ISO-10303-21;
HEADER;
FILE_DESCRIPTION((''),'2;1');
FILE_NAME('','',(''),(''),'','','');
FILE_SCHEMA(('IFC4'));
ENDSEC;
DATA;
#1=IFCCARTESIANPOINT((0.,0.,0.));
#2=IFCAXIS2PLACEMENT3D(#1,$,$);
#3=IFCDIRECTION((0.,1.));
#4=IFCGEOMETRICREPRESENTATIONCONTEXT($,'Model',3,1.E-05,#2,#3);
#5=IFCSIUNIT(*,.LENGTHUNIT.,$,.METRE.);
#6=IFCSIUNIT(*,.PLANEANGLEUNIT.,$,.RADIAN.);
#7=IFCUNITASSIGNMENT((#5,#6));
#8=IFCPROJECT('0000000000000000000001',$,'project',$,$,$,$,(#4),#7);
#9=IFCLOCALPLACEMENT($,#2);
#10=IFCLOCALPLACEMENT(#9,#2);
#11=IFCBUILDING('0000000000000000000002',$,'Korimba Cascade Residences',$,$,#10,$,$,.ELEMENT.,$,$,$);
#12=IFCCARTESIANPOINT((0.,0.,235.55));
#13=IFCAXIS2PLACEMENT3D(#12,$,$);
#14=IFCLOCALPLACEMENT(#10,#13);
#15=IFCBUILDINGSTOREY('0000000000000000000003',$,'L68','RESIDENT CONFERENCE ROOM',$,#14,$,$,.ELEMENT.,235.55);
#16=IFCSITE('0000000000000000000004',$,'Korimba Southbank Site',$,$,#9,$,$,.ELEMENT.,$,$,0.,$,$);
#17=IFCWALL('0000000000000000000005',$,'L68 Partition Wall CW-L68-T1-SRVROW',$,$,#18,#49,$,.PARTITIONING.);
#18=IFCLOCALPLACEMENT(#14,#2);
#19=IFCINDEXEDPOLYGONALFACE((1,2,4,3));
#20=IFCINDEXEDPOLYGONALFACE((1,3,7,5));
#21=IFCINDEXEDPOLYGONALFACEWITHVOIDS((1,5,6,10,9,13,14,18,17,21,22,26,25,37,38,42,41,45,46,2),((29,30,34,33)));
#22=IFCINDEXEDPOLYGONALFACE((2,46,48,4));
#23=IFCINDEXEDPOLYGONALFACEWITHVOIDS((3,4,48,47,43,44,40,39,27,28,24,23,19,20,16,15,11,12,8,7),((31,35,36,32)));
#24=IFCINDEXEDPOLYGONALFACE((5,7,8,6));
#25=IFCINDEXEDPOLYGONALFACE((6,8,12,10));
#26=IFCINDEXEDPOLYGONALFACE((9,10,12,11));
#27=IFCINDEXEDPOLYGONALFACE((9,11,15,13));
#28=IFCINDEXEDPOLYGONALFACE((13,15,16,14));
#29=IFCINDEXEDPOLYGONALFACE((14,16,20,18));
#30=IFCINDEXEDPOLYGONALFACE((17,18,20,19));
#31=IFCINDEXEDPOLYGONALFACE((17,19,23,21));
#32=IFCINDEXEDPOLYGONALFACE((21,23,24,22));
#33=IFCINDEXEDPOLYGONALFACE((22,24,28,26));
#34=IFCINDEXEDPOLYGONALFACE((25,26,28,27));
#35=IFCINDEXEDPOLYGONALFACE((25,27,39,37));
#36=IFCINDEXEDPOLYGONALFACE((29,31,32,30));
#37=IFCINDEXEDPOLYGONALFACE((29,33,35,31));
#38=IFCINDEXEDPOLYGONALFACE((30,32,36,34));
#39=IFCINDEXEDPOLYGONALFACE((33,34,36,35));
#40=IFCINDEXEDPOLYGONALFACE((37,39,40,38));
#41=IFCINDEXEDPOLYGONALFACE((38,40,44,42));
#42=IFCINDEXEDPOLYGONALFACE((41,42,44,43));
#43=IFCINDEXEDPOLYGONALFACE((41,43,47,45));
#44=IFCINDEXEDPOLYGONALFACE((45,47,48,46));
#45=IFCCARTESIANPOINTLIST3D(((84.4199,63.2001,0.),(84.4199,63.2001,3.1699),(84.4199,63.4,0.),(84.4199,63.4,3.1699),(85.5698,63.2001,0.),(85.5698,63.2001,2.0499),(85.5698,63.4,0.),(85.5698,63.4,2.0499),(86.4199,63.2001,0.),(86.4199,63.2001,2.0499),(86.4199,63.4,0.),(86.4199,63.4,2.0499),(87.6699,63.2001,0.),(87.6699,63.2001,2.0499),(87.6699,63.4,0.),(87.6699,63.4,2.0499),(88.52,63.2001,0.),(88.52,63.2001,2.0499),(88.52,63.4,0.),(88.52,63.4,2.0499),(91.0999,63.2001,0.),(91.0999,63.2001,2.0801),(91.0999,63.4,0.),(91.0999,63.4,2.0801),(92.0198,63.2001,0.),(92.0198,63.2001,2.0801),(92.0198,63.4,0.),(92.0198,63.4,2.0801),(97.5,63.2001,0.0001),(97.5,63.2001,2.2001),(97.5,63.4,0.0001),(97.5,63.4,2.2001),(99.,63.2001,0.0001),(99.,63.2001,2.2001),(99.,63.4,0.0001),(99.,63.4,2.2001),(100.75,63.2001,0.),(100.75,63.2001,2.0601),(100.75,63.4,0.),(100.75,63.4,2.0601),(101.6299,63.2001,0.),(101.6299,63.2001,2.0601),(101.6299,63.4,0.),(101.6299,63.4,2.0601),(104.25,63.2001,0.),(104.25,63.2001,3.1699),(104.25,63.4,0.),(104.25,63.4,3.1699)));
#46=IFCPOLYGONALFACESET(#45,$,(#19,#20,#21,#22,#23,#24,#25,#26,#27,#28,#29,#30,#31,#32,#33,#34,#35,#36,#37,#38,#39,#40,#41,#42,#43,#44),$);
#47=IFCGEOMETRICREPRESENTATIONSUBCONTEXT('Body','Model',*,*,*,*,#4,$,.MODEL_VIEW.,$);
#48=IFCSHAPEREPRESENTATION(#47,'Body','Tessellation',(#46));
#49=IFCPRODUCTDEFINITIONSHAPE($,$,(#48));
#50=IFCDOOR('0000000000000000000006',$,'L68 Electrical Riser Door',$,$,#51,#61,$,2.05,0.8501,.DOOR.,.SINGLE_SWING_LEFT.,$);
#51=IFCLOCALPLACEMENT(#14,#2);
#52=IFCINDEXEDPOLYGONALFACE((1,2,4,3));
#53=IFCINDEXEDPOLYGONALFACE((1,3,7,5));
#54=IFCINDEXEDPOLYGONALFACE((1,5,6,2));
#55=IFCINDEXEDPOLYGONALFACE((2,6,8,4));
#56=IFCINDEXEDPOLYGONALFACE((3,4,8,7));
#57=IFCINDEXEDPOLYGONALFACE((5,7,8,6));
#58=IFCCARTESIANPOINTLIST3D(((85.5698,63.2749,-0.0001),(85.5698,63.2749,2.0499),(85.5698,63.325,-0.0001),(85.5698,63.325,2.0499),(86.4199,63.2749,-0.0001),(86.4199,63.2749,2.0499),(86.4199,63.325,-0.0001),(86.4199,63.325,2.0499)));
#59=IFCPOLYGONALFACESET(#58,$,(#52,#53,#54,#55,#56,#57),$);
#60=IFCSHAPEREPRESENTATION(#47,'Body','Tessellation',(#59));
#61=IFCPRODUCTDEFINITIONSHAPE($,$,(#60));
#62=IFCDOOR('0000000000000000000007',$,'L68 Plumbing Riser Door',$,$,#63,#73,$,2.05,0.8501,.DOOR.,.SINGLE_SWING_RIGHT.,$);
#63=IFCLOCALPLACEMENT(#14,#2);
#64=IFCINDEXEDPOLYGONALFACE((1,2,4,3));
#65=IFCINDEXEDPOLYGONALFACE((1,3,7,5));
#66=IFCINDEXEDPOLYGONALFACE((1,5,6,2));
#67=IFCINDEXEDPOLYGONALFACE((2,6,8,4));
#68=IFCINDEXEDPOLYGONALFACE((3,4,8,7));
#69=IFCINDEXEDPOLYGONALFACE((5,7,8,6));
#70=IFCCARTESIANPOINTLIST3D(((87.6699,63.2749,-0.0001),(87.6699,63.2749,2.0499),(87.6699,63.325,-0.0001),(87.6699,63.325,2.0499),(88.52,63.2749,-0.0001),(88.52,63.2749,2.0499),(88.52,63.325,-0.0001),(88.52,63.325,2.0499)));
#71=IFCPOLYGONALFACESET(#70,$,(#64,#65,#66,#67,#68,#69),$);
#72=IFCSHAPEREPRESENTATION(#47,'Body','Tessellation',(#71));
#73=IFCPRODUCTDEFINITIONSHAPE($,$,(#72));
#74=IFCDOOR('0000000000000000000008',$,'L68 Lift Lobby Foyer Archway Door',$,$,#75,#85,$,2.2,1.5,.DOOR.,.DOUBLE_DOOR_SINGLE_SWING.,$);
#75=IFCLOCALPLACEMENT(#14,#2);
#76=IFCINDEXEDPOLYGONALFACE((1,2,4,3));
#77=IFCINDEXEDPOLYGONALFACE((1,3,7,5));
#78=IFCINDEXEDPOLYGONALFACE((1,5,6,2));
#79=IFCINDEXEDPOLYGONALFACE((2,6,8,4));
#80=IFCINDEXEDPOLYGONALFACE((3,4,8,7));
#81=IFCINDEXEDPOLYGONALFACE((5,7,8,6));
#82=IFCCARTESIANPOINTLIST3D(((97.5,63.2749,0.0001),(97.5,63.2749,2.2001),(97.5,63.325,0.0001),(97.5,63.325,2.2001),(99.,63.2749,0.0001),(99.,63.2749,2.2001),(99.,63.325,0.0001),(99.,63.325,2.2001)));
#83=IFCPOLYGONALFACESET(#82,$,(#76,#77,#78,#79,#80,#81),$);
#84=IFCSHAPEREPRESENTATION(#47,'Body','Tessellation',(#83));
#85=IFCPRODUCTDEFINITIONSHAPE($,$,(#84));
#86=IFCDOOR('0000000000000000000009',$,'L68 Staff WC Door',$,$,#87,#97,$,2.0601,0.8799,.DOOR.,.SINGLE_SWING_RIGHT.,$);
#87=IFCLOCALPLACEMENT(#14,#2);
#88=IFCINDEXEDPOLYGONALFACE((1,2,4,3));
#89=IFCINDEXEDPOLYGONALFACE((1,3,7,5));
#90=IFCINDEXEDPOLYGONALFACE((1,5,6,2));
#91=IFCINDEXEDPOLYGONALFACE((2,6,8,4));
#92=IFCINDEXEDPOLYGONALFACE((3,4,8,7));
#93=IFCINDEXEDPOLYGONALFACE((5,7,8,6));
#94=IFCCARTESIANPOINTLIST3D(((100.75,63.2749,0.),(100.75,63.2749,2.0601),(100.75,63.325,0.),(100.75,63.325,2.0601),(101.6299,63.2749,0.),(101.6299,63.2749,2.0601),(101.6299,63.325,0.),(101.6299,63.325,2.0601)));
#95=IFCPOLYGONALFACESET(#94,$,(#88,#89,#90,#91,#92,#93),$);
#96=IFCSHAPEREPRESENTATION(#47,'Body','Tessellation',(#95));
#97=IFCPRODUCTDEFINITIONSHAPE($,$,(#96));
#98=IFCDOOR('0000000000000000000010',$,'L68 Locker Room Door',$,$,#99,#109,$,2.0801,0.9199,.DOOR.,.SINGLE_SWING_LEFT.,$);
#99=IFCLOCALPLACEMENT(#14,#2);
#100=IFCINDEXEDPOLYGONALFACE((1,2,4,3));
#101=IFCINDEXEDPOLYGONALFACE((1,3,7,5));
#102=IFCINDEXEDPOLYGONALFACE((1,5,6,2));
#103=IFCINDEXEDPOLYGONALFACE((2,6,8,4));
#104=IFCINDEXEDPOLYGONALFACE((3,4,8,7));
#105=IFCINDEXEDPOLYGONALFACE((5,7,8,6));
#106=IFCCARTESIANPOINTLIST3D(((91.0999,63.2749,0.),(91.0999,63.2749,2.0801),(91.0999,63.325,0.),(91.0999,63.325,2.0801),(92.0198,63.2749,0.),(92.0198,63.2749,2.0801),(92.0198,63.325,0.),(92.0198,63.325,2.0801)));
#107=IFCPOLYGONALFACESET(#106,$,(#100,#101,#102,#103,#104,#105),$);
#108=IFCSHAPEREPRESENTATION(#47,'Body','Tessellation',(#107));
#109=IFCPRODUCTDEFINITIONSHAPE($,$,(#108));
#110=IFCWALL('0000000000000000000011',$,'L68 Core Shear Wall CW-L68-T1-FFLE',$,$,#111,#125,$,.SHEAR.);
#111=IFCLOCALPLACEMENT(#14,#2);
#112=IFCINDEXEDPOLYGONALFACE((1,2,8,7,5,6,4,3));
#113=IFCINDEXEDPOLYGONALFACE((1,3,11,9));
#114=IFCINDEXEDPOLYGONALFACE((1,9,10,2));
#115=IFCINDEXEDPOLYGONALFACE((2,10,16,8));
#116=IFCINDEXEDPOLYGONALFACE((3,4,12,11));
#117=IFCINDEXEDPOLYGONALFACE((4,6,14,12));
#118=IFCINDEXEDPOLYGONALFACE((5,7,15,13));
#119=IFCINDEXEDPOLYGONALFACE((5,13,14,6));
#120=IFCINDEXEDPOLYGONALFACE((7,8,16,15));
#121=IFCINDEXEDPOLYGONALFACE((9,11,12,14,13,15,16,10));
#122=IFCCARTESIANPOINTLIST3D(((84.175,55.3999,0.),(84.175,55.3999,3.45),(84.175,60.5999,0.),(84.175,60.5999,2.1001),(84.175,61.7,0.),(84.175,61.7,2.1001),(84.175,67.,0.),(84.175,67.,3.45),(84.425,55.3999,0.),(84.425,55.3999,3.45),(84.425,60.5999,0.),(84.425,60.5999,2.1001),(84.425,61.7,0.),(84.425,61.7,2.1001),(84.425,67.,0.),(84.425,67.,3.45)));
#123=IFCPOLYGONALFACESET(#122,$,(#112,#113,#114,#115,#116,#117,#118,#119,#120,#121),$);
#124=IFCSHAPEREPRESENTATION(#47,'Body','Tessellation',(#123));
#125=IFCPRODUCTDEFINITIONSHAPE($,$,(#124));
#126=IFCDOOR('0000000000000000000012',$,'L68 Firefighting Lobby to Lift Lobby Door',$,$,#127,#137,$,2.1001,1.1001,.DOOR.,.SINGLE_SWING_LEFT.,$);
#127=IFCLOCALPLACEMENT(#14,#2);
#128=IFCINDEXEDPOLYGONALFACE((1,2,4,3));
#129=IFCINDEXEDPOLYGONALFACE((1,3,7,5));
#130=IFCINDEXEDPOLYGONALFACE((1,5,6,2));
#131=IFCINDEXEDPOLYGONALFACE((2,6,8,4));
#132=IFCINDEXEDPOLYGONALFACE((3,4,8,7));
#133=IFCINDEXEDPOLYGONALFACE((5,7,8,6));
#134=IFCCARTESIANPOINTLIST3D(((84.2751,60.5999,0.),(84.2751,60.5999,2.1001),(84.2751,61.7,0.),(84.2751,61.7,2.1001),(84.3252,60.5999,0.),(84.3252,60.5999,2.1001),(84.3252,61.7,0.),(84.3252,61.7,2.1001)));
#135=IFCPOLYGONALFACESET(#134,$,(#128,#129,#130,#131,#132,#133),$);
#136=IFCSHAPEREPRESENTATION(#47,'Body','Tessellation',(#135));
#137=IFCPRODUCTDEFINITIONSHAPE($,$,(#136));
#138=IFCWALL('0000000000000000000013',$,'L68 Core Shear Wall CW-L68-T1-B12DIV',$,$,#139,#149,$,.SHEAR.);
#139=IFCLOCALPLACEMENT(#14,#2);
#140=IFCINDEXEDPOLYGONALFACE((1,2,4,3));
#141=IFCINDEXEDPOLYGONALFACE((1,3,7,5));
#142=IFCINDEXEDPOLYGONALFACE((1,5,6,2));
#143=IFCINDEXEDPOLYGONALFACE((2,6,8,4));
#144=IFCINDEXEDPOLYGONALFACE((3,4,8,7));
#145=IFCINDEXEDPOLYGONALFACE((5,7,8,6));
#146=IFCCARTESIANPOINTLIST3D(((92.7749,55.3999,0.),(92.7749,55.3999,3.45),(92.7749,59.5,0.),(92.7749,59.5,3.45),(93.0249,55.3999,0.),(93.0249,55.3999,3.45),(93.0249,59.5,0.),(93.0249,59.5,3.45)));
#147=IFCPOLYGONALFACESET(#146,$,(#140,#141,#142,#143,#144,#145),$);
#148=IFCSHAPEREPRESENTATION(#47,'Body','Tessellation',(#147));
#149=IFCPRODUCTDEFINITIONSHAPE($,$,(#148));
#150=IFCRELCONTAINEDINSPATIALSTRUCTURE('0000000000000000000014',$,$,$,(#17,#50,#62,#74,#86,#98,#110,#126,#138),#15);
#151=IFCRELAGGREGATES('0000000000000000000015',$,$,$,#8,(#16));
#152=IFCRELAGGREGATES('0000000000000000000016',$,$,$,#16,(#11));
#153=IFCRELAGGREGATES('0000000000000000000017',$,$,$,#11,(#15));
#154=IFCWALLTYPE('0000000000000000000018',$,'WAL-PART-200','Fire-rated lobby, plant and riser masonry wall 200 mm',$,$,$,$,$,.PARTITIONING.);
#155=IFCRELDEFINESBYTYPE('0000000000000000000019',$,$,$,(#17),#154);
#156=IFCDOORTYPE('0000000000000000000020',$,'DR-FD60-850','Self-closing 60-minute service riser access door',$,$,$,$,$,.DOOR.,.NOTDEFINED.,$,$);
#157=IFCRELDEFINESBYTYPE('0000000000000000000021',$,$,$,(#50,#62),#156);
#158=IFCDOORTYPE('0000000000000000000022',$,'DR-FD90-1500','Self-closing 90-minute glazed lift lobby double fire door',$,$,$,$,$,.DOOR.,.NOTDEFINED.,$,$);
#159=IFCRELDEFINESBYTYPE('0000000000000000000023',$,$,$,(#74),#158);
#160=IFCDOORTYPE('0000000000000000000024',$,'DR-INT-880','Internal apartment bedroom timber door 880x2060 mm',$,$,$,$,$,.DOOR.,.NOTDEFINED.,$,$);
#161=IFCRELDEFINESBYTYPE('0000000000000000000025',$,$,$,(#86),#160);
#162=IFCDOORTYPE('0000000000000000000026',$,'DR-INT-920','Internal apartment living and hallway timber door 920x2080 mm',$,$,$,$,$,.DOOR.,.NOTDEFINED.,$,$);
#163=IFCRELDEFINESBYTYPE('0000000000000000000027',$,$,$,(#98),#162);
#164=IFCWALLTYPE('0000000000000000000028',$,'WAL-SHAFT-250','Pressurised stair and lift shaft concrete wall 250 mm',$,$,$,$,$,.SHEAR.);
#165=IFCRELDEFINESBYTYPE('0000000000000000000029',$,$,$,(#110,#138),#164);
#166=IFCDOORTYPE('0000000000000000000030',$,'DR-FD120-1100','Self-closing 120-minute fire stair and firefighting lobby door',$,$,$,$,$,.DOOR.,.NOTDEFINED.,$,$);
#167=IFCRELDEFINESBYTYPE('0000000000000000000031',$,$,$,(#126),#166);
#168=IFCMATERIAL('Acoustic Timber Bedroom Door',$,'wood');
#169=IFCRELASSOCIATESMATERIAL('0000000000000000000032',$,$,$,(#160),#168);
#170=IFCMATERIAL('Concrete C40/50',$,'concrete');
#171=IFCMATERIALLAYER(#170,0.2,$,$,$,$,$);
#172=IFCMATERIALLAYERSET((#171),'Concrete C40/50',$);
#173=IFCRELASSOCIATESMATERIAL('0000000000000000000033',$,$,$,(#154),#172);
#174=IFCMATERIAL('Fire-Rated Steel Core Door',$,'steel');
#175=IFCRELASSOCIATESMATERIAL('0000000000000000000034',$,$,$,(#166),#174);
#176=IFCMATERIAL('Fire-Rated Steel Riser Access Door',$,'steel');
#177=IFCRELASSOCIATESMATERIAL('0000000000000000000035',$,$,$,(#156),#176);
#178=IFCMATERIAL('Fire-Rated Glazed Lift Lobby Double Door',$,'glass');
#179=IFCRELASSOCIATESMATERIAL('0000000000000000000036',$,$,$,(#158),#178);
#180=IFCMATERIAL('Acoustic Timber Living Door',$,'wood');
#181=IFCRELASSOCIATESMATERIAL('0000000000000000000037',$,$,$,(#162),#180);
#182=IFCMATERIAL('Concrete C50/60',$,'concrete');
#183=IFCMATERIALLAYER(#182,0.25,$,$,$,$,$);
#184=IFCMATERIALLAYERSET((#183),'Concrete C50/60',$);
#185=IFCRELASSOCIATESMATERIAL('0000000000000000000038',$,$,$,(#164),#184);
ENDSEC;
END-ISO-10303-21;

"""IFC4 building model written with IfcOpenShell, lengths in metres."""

from ifc_helpers import new_model, si_unit, direction, frame, frame_2d, origin, place, context, subcontext, project, spatial, rectangle, extrude, material, layer, layer_set, type_object, element, fill, save


model = new_model("IFC4")

# Units and contexts
model_context = context("Model", 3, precision=1e-05, world=origin(), true_north=direction((0.0, 1.0)))
body_context = subcontext(model_context, "Body", "Model", "MODEL_VIEW")
ifc_project = project(units=[si_unit("LENGTHUNIT", "METRE"), si_unit("PLANEANGLEUNIT", "RADIAN")], contexts=[model_context])

# Site, building, storey
site_placement = place(None, origin())
site = spatial("IfcSite", under=ifc_project, at=site_placement, Name="Korimba Southbank Site", CompositionType="ELEMENT", RefElevation=0.0)
building_placement = place(site_placement, origin())
building = spatial("IfcBuilding", under=site, at=building_placement, Name="Korimba Cascade Residences", CompositionType="ELEMENT")
storey_placement = place(building_placement, frame((0.0, 0.0, 235.55)))
storey = spatial("IfcBuildingStorey", under=building, at=storey_placement, Name="L68", Description="RESIDENT CONFERENCE ROOM", CompositionType="ELEMENT", Elevation=235.55)

# Shared definitions
ifc_material_1 = material(Name="Concrete C50/60", Category="concrete")

# Shared definitions
ifc_material_2 = material(Name="Acoustic Timber Bedroom Door", Category="wood")
door_type_1 = type_object("IfcDoorType", Name="DR-INT-880", Description="Internal apartment bedroom timber door 880x2060 mm", OperationType="NOTDEFINED", PredefinedType="DOOR", material=ifc_material_2)

# Shared definitions
ifc_material_3 = material(Name="Concrete C40/50", Category="concrete")
ifc_layer_1 = layer(ifc_material_3, 0.2)
ifc_layer_set_1 = layer_set([ifc_layer_1], Name="Concrete C40/50")
wall_type_1 = type_object("IfcWallType", Name="WAL-PART-200", Description="Fire-rated lobby, plant and riser masonry wall 200 mm", PredefinedType="PARTITIONING", material=ifc_layer_set_1)

# Shared definitions
ifc_material_4 = material(Name="Fire-Rated Steel Core Door", Category="steel")
door_type_2 = type_object("IfcDoorType", Name="DR-FD120-1100", Description="Self-closing 120-minute fire stair and firefighting lobby door", OperationType="NOTDEFINED", PredefinedType="DOOR", material=ifc_material_4)

# Wall, openings, doors
wall_1_placement = place(storey_placement, frame((84.4199, 63.3, 0.0), z_axis=(0.0, 0.0, 1.0), x_axis=(1.0, 0.0, 0.0)))
wall_1 = element("IfcWall", 1, at=wall_1_placement, inside=storey, type_object=wall_type_1, Name="L68 Partition Wall CW-L68-T1-SRVROW", PredefinedType="PARTITIONING", context=body_context, shape_type="SweptSolid", body=[
    extrude(rectangle(XDim=19.8301, YDim=0.2, at=frame_2d((9.915, 0.0))), origin(), (0.0, 0.0, 1.0), 3.1699),
])
opening_1_placement = place(wall_1_placement, frame((1.1499, 0.0, 0.0)))
opening_1 = element("IfcOpeningElement", 2, at=opening_1_placement, cuts=wall_1, PredefinedType="OPENING", context=body_context, shape_type="SweptSolid", body=[
    extrude(rectangle(XDim=0.8501, YDim=2.05, at=frame_2d((0.425, 1.0249))), frame((0.0, 0.1099, 0.0), z_axis=(0.0, -1.0, 0.0), x_axis=(1.0, 0.0, 0.0)), (0.0, 0.0, 1.0), 0.22),
])
opening_2_placement = place(wall_1_placement, frame((3.25, 0.0, 0.0)))
opening_2 = element("IfcOpeningElement", 3, at=opening_2_placement, cuts=wall_1, PredefinedType="OPENING", context=body_context, shape_type="SweptSolid", body=[
    extrude(rectangle(XDim=0.8501, YDim=2.05, at=frame_2d((0.425, 1.0249))), frame((0.0, 0.1099, 0.0), z_axis=(0.0, -1.0, 0.0), x_axis=(1.0, 0.0, 0.0)), (0.0, 0.0, 1.0), 0.22),
])
opening_3_placement = place(wall_1_placement, frame((13.0801, 0.0, 0.0)))
opening_3 = element("IfcOpeningElement", 4, at=opening_3_placement, cuts=wall_1, PredefinedType="OPENING", context=body_context, shape_type="SweptSolid", body=[
    extrude(rectangle(XDim=1.5, YDim=2.2, at=frame_2d((0.75, 1.1001))), frame((0.0, 0.1099, 0.0), z_axis=(0.0, -1.0, 0.0), x_axis=(1.0, 0.0, 0.0)), (0.0, 0.0, 1.0), 0.22),
])
opening_4_placement = place(wall_1_placement, frame((6.6799, 0.0, 0.0)))
opening_4 = element("IfcOpeningElement", 5, at=opening_4_placement, cuts=wall_1, PredefinedType="OPENING", context=body_context, shape_type="SweptSolid", body=[
    extrude(rectangle(XDim=0.9199, YDim=2.0801, at=frame_2d((0.46, 1.04))), frame((0.0, 0.1099, 0.0), z_axis=(0.0, -1.0, 0.0), x_axis=(1.0, 0.0, 0.0)), (0.0, 0.0, 1.0), 0.22),
])
opening_5_placement = place(wall_1_placement, frame((16.3301, 0.0, 0.0)))
opening_5 = element("IfcOpeningElement", 6, at=opening_5_placement, cuts=wall_1, PredefinedType="OPENING", context=body_context, shape_type="SweptSolid", body=[
    extrude(rectangle(XDim=0.8799, YDim=2.0601, at=frame_2d((0.4399, 1.03))), frame((0.0, 0.1099, 0.0), z_axis=(0.0, -1.0, 0.0), x_axis=(1.0, 0.0, 0.0)), (0.0, 0.0, 1.0), 0.22),
])
ifc_material_5 = material(Name="Fire-Rated Steel Riser Access Door", Category="steel")
door_type_3 = type_object("IfcDoorType", Name="DR-FD60-850", Description="Self-closing 60-minute service riser access door", OperationType="NOTDEFINED", PredefinedType="DOOR", material=ifc_material_5)
door_1_placement = place(opening_1_placement, origin())
door_1 = element("IfcDoor", 7, at=door_1_placement, inside=storey, type_object=door_type_3, Name="L68 Electrical Riser Door", OperationType="SINGLE_SWING_LEFT", OverallHeight=2.05, OverallWidth=0.8501, PredefinedType="DOOR", context=body_context, shape_type="SweptSolid", body=[
    extrude(rectangle(XDim=0.8501, YDim=2.05, at=frame_2d((0.425, 1.0249))), frame((0.0, 0.0249, 0.0), z_axis=(0.0, -1.0, 0.0), x_axis=(1.0, 0.0, 0.0)), (0.0, 0.0, 1.0), 0.05),
])
fill(opening_1, door_1)
door_2_placement = place(opening_2_placement, origin())
door_2 = element("IfcDoor", 8, at=door_2_placement, inside=storey, type_object=door_type_3, Name="L68 Plumbing Riser Door", OperationType="SINGLE_SWING_RIGHT", OverallHeight=2.05, OverallWidth=0.8501, PredefinedType="DOOR", context=body_context, shape_type="SweptSolid", body=[
    extrude(rectangle(XDim=0.8501, YDim=2.05, at=frame_2d((0.425, 1.0249))), frame((0.0, 0.0249, 0.0), z_axis=(0.0, -1.0, 0.0), x_axis=(1.0, 0.0, 0.0)), (0.0, 0.0, 1.0), 0.05),
])
fill(opening_2, door_2)
ifc_material_6 = material(Name="Fire-Rated Glazed Lift Lobby Double Door", Category="glass")
door_type_4 = type_object("IfcDoorType", Name="DR-FD90-1500", Description="Self-closing 90-minute glazed lift lobby double fire door", OperationType="NOTDEFINED", PredefinedType="DOOR", material=ifc_material_6)
door_3_placement = place(opening_3_placement, origin())
door_3 = element("IfcDoor", 9, at=door_3_placement, inside=storey, type_object=door_type_4, Name="L68 Lift Lobby Foyer Archway Door", OperationType="DOUBLE_DOOR_SINGLE_SWING", OverallHeight=2.2, OverallWidth=1.5, PredefinedType="DOOR", context=body_context, shape_type="SweptSolid", body=[
    extrude(rectangle(XDim=1.5, YDim=2.2, at=frame_2d((0.75, 1.1001))), frame((0.0, 0.0249, 0.0), z_axis=(0.0, -1.0, 0.0), x_axis=(1.0, 0.0, 0.0)), (0.0, 0.0, 1.0), 0.05),
])
fill(opening_3, door_3)
door_4_placement = place(opening_5_placement, origin())
door_4 = element("IfcDoor", 10, at=door_4_placement, inside=storey, type_object=door_type_1, Name="L68 Staff WC Door", OperationType="SINGLE_SWING_RIGHT", OverallHeight=2.0601, OverallWidth=0.8799, PredefinedType="DOOR", context=body_context, shape_type="SweptSolid", body=[
    extrude(rectangle(XDim=0.8799, YDim=2.0601, at=frame_2d((0.4399, 1.03))), frame((0.0, 0.0249, 0.0), z_axis=(0.0, -1.0, 0.0), x_axis=(1.0, 0.0, 0.0)), (0.0, 0.0, 1.0), 0.05),
])
fill(opening_5, door_4)
ifc_material_7 = material(Name="Acoustic Timber Living Door", Category="wood")
door_type_5 = type_object("IfcDoorType", Name="DR-INT-920", Description="Internal apartment living and hallway timber door 920x2080 mm", OperationType="NOTDEFINED", PredefinedType="DOOR", material=ifc_material_7)
door_5_placement = place(opening_4_placement, origin())
door_5 = element("IfcDoor", 11, at=door_5_placement, inside=storey, type_object=door_type_5, Name="L68 Locker Room Door", OperationType="SINGLE_SWING_LEFT", OverallHeight=2.0801, OverallWidth=0.9199, PredefinedType="DOOR", context=body_context, shape_type="SweptSolid", body=[
    extrude(rectangle(XDim=0.9199, YDim=2.0801, at=frame_2d((0.46, 1.04))), frame((0.0, 0.0249, 0.0), z_axis=(0.0, -1.0, 0.0), x_axis=(1.0, 0.0, 0.0)), (0.0, 0.0, 1.0), 0.05),
])
fill(opening_4, door_5)
ifc_layer_2 = layer(ifc_material_1, 0.25)
ifc_layer_set_2 = layer_set([ifc_layer_2], Name="Concrete C50/60")
wall_type_2 = type_object("IfcWallType", Name="WAL-SHAFT-250", Description="Pressurised stair and lift shaft concrete wall 250 mm", PredefinedType="SHEAR", material=ifc_layer_set_2)

# Wall, opening, door
wall_2_placement = place(storey_placement, frame((84.3, 55.3999, 0.0), z_axis=(0.0, 0.0, 1.0), x_axis=(0.0, 1.0, 0.0)))
wall_2 = element("IfcWall", 12, at=wall_2_placement, inside=storey, type_object=wall_type_2, Name="L68 Core Shear Wall CW-L68-T1-FFLE", PredefinedType="SHEAR", context=body_context, shape_type="SweptSolid", body=[
    extrude(rectangle(XDim=11.6001, YDim=0.25, at=frame_2d((5.8, 0.0))), origin(), (0.0, 0.0, 1.0), 3.45),
])
opening_6_placement = place(wall_2_placement, frame((5.2, 0.0, 0.0)))
opening_6 = element("IfcOpeningElement", 13, at=opening_6_placement, cuts=wall_2, PredefinedType="OPENING", context=body_context, shape_type="SweptSolid", body=[
    extrude(rectangle(XDim=1.1001, YDim=2.1001, at=frame_2d((0.55, 1.05))), frame((0.0, 0.135, 0.0), z_axis=(0.0, -1.0, 0.0), x_axis=(1.0, 0.0, 0.0)), (0.0, 0.0, 1.0), 0.27),
])
door_6_placement = place(opening_6_placement, origin())
door_6 = element("IfcDoor", 14, at=door_6_placement, inside=storey, type_object=door_type_2, Name="L68 Firefighting Lobby to Lift Lobby Door", OperationType="SINGLE_SWING_LEFT", OverallHeight=2.1001, OverallWidth=1.1001, PredefinedType="DOOR", context=body_context, shape_type="SweptSolid", body=[
    extrude(rectangle(XDim=1.1001, YDim=2.1001, at=frame_2d((0.55, 1.05))), frame((0.0, 0.0249, 0.0), z_axis=(0.0, -1.0, 0.0), x_axis=(1.0, 0.0, 0.0)), (0.0, 0.0, 1.0), 0.05),
])
fill(opening_6, door_6)

# Wall
wall_3_placement = place(storey_placement, frame((92.8999, 55.3999, 0.0), z_axis=(0.0, 0.0, 1.0), x_axis=(0.0, 1.0, 0.0)))
element("IfcWall", 15, at=wall_3_placement, inside=storey, type_object=wall_type_2, Name="L68 Core Shear Wall CW-L68-T1-B12DIV", PredefinedType="SHEAR", context=body_context, shape_type="SweptSolid", body=[
    extrude(rectangle(XDim=4.1001, YDim=0.25, at=frame_2d((2.05, 0.0))), origin(), (0.0, 0.0, 1.0), 3.45),
])

save(model, "model.ifc")
